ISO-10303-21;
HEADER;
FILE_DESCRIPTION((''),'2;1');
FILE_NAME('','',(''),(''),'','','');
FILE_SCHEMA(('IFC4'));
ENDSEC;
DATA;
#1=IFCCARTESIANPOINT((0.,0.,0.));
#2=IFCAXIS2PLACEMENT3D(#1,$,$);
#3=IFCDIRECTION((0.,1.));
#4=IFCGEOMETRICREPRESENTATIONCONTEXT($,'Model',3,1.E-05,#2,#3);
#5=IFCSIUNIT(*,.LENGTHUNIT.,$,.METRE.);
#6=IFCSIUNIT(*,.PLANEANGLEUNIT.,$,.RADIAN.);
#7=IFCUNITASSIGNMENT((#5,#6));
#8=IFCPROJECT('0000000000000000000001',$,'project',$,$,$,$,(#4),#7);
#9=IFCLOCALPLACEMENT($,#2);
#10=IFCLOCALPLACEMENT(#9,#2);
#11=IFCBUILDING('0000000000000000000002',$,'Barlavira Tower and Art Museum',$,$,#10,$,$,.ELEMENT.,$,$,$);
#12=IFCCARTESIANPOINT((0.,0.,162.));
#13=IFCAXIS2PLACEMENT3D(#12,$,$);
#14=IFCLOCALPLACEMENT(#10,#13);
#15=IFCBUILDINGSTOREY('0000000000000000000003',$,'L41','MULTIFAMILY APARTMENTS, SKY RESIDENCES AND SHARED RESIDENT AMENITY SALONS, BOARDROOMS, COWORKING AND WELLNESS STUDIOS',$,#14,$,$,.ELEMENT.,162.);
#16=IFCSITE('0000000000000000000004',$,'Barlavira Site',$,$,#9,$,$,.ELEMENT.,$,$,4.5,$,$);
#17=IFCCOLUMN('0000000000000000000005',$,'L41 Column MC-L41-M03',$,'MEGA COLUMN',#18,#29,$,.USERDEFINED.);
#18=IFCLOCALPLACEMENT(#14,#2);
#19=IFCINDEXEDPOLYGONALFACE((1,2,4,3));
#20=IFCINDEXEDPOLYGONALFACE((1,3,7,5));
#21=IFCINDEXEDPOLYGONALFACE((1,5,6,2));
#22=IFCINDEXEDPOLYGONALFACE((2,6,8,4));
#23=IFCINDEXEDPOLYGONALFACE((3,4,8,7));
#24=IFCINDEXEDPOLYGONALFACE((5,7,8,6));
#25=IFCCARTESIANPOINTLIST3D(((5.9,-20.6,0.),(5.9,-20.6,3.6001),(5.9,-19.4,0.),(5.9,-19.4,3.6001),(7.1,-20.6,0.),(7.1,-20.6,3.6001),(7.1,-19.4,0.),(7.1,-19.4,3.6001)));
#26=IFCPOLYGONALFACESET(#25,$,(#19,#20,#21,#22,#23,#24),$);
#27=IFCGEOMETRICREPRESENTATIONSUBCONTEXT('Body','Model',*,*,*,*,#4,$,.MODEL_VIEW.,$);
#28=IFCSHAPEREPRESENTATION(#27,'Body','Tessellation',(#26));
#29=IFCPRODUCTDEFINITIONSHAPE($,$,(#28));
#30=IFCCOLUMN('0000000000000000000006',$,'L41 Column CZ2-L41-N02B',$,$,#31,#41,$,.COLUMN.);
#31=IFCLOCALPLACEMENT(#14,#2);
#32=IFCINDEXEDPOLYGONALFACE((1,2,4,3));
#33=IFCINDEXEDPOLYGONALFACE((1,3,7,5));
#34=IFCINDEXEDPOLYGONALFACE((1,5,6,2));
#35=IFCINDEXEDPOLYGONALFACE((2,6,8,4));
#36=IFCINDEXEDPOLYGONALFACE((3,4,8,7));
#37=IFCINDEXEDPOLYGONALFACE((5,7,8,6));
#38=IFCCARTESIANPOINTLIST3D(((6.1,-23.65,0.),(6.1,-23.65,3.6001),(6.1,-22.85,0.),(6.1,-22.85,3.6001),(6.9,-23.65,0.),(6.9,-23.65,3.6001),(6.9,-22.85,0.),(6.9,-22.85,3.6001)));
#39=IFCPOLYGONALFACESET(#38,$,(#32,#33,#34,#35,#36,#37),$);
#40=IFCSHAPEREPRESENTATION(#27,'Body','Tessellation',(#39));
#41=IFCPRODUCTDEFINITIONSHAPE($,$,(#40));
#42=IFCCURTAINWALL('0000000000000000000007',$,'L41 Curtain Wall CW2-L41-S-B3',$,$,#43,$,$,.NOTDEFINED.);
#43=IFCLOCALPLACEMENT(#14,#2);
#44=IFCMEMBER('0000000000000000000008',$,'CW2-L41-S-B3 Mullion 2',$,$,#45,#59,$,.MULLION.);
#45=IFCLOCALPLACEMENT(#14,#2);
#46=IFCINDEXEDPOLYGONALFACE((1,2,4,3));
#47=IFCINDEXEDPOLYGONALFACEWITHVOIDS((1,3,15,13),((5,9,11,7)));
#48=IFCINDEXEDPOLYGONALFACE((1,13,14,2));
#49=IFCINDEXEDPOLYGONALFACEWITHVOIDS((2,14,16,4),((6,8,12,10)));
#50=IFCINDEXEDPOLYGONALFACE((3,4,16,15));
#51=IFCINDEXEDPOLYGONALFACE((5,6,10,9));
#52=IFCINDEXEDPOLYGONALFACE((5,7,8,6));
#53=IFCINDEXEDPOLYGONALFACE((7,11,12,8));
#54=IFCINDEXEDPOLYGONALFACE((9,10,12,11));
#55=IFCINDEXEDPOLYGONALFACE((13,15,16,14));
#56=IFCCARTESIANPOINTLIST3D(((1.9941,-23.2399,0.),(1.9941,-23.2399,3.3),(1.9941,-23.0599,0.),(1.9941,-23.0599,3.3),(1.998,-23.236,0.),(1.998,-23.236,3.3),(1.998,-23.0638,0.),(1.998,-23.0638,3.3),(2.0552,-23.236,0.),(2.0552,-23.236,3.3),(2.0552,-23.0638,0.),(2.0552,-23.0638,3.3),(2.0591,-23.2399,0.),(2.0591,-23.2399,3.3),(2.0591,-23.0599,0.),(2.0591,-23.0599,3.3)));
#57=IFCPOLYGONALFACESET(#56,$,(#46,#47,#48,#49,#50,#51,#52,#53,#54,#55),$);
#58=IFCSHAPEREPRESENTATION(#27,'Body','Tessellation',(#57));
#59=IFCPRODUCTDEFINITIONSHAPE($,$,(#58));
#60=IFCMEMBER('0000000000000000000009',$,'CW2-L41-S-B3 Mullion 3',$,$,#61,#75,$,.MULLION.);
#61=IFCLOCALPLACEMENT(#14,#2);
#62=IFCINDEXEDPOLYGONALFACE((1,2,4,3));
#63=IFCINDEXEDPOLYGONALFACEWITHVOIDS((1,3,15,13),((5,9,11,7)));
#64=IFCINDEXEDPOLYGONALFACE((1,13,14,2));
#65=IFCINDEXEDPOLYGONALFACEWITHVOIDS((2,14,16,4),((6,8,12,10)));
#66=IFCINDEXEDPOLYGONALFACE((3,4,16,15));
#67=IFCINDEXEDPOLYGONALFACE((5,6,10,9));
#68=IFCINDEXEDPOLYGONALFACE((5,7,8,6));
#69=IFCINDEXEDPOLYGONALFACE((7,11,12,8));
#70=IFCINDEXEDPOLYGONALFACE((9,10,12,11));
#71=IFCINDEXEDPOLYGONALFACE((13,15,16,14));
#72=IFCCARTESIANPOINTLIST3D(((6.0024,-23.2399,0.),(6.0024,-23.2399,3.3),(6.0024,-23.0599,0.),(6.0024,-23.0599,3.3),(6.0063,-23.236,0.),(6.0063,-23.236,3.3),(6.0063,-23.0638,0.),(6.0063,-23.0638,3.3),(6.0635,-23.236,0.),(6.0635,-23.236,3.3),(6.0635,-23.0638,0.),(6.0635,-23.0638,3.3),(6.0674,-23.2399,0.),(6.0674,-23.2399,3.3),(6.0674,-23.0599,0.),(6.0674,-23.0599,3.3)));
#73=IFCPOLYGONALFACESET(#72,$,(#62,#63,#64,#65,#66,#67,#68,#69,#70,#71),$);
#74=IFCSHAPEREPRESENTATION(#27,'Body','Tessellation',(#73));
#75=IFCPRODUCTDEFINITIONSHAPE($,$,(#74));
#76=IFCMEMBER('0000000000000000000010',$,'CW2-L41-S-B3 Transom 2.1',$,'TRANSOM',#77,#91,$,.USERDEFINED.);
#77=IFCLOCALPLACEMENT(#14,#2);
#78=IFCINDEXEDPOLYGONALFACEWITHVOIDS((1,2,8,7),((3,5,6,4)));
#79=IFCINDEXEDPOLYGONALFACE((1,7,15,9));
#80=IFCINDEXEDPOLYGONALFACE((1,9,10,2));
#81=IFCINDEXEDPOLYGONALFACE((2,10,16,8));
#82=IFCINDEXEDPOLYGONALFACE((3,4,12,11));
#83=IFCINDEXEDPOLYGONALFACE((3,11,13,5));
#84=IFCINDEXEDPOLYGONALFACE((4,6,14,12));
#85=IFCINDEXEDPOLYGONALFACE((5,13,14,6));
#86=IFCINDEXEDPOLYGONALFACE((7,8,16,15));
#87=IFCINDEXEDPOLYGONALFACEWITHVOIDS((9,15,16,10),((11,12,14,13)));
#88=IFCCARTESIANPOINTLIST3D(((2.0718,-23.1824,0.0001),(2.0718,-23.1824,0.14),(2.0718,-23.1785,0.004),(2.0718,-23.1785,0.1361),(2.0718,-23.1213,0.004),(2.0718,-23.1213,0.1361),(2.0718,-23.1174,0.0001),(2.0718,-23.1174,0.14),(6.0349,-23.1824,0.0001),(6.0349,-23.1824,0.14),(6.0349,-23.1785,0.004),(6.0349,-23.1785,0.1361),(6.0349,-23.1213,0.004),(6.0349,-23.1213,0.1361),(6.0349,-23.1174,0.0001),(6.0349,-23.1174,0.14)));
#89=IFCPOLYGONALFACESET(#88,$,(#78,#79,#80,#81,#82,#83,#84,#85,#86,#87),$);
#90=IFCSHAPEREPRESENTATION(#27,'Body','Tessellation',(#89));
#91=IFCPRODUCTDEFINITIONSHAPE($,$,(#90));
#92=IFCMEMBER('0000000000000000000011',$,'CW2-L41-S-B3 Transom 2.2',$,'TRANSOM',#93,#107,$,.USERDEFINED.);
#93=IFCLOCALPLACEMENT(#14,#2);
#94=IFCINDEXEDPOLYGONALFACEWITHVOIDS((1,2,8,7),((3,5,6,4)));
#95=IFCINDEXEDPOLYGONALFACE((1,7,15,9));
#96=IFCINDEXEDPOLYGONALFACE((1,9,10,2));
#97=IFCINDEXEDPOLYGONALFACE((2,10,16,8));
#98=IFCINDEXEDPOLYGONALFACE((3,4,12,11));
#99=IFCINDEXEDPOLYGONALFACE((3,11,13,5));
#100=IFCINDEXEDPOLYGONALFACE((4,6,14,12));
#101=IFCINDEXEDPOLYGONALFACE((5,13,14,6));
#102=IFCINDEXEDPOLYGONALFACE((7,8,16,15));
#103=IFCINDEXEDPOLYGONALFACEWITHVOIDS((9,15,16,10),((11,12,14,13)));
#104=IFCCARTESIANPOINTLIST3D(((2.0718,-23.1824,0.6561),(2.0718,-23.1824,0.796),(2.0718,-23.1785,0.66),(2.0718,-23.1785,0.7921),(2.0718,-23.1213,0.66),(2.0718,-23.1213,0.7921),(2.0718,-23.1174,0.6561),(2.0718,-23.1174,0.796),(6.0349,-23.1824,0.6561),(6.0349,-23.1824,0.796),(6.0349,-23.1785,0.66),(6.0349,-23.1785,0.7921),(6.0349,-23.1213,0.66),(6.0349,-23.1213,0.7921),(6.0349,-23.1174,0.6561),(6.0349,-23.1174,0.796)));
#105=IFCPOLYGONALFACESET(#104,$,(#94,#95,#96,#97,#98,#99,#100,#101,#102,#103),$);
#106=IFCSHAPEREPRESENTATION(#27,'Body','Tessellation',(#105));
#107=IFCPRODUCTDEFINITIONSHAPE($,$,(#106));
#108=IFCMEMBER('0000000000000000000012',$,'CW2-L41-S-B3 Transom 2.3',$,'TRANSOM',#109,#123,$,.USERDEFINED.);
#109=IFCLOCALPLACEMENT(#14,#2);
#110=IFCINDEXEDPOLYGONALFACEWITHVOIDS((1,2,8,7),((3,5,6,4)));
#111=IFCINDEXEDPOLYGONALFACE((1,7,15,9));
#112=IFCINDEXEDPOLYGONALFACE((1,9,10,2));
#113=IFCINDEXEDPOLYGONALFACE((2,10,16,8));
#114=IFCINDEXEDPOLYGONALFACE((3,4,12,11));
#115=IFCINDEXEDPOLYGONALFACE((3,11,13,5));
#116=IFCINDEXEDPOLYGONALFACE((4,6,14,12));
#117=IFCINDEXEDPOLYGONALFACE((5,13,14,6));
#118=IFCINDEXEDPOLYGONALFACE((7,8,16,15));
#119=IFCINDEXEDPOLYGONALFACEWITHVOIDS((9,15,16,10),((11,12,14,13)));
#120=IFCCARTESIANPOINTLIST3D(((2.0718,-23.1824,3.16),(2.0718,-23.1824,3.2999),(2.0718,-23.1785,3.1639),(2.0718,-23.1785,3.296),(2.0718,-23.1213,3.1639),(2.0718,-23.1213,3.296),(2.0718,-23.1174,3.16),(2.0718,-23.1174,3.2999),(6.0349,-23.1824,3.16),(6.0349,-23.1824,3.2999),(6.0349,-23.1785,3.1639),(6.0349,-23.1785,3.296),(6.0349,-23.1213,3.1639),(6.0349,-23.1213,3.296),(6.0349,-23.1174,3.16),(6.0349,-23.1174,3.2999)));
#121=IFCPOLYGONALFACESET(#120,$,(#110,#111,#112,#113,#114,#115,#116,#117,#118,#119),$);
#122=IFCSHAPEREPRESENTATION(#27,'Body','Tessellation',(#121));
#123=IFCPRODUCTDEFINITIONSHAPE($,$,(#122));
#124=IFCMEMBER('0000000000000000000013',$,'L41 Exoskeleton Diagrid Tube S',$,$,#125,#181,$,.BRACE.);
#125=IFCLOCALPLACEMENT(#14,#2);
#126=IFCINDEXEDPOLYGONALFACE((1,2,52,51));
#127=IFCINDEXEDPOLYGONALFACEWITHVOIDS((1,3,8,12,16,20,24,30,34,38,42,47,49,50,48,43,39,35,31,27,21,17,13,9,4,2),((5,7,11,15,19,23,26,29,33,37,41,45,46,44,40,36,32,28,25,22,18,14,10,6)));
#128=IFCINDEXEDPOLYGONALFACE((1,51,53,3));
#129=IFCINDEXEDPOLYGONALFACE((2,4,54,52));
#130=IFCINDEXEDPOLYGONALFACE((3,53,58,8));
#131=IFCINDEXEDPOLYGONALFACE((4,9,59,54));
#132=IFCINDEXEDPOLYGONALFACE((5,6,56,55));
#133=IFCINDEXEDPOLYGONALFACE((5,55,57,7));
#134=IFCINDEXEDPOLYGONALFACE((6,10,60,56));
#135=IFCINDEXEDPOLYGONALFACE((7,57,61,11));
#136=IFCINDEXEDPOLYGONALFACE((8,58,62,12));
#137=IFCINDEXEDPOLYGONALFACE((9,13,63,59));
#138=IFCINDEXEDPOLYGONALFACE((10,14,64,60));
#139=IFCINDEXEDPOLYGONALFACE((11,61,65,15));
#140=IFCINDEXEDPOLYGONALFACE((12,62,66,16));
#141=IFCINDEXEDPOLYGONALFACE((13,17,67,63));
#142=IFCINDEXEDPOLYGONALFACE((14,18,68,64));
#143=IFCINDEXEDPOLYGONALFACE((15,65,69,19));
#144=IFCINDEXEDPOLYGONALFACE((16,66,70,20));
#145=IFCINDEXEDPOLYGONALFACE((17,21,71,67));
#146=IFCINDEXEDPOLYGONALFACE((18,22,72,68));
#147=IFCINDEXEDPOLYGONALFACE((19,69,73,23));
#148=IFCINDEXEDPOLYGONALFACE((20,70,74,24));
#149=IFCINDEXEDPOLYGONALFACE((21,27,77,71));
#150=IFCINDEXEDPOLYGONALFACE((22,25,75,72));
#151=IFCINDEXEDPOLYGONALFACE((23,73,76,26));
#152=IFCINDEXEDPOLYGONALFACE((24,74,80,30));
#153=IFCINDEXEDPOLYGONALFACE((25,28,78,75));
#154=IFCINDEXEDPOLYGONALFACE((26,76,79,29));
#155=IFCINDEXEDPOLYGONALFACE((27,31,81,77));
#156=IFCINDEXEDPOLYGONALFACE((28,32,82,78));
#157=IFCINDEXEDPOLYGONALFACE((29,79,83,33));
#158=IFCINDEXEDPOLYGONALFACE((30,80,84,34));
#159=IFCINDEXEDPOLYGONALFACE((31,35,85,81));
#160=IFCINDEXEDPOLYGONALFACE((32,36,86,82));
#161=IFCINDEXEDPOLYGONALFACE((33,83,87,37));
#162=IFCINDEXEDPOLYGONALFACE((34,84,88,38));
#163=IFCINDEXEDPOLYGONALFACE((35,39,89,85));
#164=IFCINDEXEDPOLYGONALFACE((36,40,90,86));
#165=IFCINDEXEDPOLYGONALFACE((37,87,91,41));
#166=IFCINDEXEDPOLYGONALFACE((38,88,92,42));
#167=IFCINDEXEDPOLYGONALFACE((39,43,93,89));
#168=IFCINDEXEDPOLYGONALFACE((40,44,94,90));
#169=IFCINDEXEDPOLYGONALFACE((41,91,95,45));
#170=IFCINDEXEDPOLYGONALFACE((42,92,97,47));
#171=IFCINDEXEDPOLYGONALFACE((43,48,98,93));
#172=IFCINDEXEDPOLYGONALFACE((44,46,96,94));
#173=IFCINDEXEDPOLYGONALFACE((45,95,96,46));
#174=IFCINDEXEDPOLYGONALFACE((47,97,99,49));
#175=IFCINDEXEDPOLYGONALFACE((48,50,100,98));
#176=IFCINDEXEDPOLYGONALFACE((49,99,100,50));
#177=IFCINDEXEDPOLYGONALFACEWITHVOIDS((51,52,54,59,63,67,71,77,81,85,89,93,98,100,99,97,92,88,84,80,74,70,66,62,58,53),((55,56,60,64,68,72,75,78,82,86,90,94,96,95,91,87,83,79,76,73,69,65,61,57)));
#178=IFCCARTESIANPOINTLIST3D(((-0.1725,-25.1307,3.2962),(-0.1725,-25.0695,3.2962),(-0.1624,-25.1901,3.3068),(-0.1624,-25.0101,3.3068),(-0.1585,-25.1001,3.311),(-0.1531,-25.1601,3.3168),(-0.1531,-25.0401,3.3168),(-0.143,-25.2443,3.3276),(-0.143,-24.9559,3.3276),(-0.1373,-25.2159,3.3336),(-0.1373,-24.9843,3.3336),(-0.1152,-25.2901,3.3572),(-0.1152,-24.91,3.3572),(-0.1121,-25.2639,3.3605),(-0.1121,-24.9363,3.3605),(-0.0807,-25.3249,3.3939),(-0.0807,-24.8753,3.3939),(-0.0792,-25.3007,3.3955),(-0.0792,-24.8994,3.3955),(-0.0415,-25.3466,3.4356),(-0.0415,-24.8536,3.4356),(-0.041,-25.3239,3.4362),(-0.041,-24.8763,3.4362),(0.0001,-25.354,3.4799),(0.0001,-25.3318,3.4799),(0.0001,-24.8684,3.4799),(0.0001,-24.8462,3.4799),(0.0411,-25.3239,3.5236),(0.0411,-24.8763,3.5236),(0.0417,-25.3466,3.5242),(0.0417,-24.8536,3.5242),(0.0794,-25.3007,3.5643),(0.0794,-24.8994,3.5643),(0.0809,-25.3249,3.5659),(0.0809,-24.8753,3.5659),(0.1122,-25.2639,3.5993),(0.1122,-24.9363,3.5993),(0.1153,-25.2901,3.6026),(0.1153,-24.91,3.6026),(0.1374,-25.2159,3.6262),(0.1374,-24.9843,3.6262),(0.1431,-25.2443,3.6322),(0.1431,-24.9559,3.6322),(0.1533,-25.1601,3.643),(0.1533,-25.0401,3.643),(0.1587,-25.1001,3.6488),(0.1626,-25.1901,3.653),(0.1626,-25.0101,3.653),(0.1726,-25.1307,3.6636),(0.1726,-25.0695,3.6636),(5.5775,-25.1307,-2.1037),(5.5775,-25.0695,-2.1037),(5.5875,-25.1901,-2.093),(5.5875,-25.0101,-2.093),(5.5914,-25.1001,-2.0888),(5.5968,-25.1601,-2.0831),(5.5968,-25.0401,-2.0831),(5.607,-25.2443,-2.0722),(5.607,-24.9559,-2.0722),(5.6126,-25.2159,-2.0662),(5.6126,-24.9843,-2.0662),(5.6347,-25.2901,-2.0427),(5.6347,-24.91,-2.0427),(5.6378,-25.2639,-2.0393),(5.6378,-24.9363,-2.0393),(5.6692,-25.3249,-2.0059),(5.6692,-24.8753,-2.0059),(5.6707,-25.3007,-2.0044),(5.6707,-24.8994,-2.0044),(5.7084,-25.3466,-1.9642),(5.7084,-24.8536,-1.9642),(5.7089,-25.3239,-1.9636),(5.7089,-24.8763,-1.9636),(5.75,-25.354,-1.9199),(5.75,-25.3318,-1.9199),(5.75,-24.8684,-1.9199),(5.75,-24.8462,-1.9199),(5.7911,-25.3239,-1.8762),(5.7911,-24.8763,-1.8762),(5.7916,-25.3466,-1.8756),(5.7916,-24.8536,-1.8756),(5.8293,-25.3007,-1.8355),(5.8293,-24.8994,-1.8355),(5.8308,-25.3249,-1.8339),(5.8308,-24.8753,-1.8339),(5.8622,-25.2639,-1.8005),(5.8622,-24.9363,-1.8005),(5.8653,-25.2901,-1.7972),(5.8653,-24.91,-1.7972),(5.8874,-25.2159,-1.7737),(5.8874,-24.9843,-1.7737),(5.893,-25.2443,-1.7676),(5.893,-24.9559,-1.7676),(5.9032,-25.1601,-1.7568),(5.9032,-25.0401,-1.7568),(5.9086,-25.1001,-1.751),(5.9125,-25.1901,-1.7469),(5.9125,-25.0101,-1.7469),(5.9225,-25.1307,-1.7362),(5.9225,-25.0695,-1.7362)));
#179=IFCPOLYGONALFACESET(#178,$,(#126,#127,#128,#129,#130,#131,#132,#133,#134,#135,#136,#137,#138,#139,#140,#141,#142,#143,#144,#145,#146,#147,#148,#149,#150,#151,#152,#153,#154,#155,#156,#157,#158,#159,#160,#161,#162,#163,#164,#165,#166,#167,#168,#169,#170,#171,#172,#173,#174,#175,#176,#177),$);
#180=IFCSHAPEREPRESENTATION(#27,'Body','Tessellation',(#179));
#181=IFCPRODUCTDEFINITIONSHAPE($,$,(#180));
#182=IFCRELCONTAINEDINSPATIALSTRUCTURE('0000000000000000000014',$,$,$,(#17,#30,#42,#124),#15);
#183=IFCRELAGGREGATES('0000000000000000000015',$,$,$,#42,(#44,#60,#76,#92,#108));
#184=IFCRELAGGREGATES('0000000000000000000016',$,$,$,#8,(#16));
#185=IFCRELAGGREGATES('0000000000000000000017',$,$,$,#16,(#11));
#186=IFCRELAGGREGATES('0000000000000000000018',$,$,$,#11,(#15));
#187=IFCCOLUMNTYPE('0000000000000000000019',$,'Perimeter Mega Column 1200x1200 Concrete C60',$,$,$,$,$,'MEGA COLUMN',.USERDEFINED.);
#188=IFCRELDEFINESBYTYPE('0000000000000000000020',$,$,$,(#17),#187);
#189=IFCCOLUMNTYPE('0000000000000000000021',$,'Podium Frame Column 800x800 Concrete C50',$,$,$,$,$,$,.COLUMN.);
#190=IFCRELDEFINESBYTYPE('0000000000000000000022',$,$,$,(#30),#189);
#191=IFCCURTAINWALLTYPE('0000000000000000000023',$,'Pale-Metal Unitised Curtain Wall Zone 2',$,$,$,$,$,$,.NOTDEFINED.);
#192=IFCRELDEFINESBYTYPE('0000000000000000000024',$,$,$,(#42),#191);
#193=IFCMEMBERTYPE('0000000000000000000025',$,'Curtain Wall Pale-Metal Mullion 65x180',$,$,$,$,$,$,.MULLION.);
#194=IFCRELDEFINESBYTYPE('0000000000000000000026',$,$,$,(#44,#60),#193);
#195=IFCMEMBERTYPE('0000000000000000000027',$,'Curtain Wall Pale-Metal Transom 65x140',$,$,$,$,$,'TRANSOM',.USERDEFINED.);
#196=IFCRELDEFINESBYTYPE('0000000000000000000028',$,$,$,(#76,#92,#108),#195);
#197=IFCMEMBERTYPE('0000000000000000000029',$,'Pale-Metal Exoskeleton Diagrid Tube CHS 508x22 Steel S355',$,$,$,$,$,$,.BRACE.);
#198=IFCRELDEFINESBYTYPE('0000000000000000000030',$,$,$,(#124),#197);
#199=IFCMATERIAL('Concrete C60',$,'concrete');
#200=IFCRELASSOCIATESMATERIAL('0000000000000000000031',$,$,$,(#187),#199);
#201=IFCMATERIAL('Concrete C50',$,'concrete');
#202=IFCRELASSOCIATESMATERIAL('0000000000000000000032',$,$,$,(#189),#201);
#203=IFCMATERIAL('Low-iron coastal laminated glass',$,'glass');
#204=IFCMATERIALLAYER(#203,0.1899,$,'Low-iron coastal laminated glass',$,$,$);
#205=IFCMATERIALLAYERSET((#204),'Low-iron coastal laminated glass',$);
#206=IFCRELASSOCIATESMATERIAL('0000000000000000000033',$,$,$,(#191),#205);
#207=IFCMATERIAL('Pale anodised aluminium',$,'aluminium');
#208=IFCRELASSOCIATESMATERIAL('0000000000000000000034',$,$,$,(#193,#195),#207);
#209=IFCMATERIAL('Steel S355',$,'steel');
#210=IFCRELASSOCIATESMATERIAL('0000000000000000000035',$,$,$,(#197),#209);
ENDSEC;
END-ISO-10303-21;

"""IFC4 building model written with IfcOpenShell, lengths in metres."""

from ifc_helpers import new_model, si_unit, direction, frame, origin, origin_2d, place, context, subcontext, project, spatial, rectangle, hollow_rectangle, hollow_circle, extrude, material, layer, layer_set, material_profile, profile_set, type_object, element, aggregate, save


model = new_model("IFC4")

# Units and contexts
model_context = context("Model", 3, precision=1e-05, world=origin(), true_north=direction((0.0, 1.0)))
body_context = subcontext(model_context, "Body", "Model", "MODEL_VIEW")
ifc_project = project(units=[si_unit("LENGTHUNIT", "METRE"), si_unit("PLANEANGLEUNIT", "RADIAN")], contexts=[model_context])

# Site, building, storey
site_placement = place(None, origin())
site = spatial("IfcSite", under=ifc_project, at=site_placement, Name="Barlavira Site", CompositionType="ELEMENT", RefElevation=4.5)
building_placement = place(site_placement, origin())
building = spatial("IfcBuilding", under=site, at=building_placement, Name="Barlavira Tower and Art Museum", CompositionType="ELEMENT")
storey_placement = place(building_placement, frame((0.0, 0.0, 162.0)))
storey = spatial("IfcBuildingStorey", under=building, at=storey_placement, Name="L41", Description="MULTIFAMILY APARTMENTS, SKY RESIDENCES AND SHARED RESIDENT AMENITY SALONS, BOARDROOMS, COWORKING AND WELLNESS STUDIOS", CompositionType="ELEMENT", Elevation=162.0)

# Columns
ifc_material_1 = material(Name="Concrete C60", Category="concrete")
ifc_material_profile_1 = material_profile(ifc_material_1, rectangle(XDim=1.2, YDim=1.2, at=origin_2d()), Name="RC-COL 1200x1200")
ifc_profile_set_1 = profile_set([ifc_material_profile_1], Name="Concrete C60")
column_type_1 = type_object("IfcColumnType", Name="Perimeter Mega Column 1200x1200 Concrete C60", ElementType="MEGA COLUMN", PredefinedType="USERDEFINED", material=ifc_profile_set_1)
column_1_placement = place(storey_placement, frame((6.5, -20.0, 0.0), z_axis=(0.0, 0.0, 1.0), x_axis=(1.0, 0.0, 0.0)))
element("IfcColumn", 1, at=column_1_placement, inside=storey, type_object=column_type_1, Name="L41 Column MC-L41-M03", ObjectType="MEGA COLUMN", PredefinedType="USERDEFINED", context=body_context, shape_type="SweptSolid", body=[
    extrude(rectangle(XDim=1.2, YDim=1.2, at=origin_2d()), origin(), (0.0, 0.0, 1.0), 3.6001),
])
ifc_material_2 = material(Name="Concrete C50", Category="concrete")
ifc_material_profile_2 = material_profile(ifc_material_2, rectangle(XDim=0.8, YDim=0.8, at=origin_2d()), Name="RC-COL 800x800")
ifc_profile_set_2 = profile_set([ifc_material_profile_2], Name="Concrete C50")
column_type_2 = type_object("IfcColumnType", Name="Podium Frame Column 800x800 Concrete C50", PredefinedType="COLUMN", material=ifc_profile_set_2)
column_2_placement = place(storey_placement, frame((6.5, -23.25, 0.0), z_axis=(0.0, 0.0, 1.0), x_axis=(1.0, 0.0, 0.0)))
element("IfcColumn", 2, at=column_2_placement, inside=storey, type_object=column_type_2, Name="L41 Column CZ2-L41-N02B", PredefinedType="COLUMN", context=body_context, shape_type="SweptSolid", body=[
    extrude(rectangle(XDim=0.8, YDim=0.8, at=origin_2d()), origin(), (0.0, 0.0, 1.0), 3.6001),
])

# Curtain wall, members
ifc_material_3 = material(Name="Low-iron coastal laminated glass", Category="glass")
ifc_layer_1 = layer(ifc_material_3, 0.1899, Name="Low-iron coastal laminated glass")
ifc_layer_set_1 = layer_set([ifc_layer_1], Name="Low-iron coastal laminated glass")
curtain_wall_type = type_object("IfcCurtainWallType", Name="Pale-Metal Unitised Curtain Wall Zone 2", PredefinedType="NOTDEFINED", material=ifc_layer_set_1)
curtain_wall_placement = place(storey_placement, origin())
curtain_wall = element("IfcCurtainWall", 3, at=curtain_wall_placement, inside=storey, type_object=curtain_wall_type, Name="L41 Curtain Wall CW2-L41-S-B3", PredefinedType="NOTDEFINED")
ifc_material_4 = material(Name="Pale anodised aluminium", Category="aluminium")
ifc_material_profile_3 = material_profile(ifc_material_4, hollow_rectangle(XDim=0.0649, YDim=0.1799, WallThickness=0.0039, at=origin_2d()), Name="ALU-MULL 65x180x4")
ifc_profile_set_3 = profile_set([ifc_material_profile_3], Name="Pale anodised aluminium")
member_type_1 = type_object("IfcMemberType", Name="Curtain Wall Pale-Metal Mullion 65x180", PredefinedType="MULLION", material=ifc_profile_set_3)
member_1_placement = place(storey_placement, frame((2.0266, -23.1499, 0.0), z_axis=(0.0, 0.0, 1.0), x_axis=(1.0, 0.0, 0.0)))
member_1 = element("IfcMember", 4, at=member_1_placement, type_object=member_type_1, Name="CW2-L41-S-B3 Mullion 2", PredefinedType="MULLION", context=body_context, shape_type="SweptSolid", body=[
    extrude(hollow_rectangle(XDim=0.0649, YDim=0.1799, WallThickness=0.0039, at=origin_2d()), origin(), (0.0, 0.0, 1.0), 3.3),
])
member_2_placement = place(storey_placement, frame((6.0349, -23.1499, 0.0), z_axis=(0.0, 0.0, 1.0), x_axis=(1.0, 0.0, 0.0)))
member_2 = element("IfcMember", 5, at=member_2_placement, type_object=member_type_1, Name="CW2-L41-S-B3 Mullion 3", PredefinedType="MULLION", context=body_context, shape_type="SweptSolid", body=[
    extrude(hollow_rectangle(XDim=0.0649, YDim=0.1799, WallThickness=0.0039, at=origin_2d()), origin(), (0.0, 0.0, 1.0), 3.3),
])
ifc_material_profile_4 = material_profile(ifc_material_4, hollow_rectangle(XDim=0.0649, YDim=0.1399, WallThickness=0.0039, at=origin_2d()), Name="ALU-TRAN 65x140x4")
ifc_profile_set_4 = profile_set([ifc_material_profile_4], Name="Pale anodised aluminium")
member_type_2 = type_object("IfcMemberType", Name="Curtain Wall Pale-Metal Transom 65x140", ElementType="TRANSOM", PredefinedType="USERDEFINED", material=ifc_profile_set_4)
member_3_placement = place(storey_placement, frame((2.0718, -23.1499, 0.0701), z_axis=(1.0, 0.0, 0.0), x_axis=(0.0, 1.0, 0.0)))
member_3 = element("IfcMember", 6, at=member_3_placement, type_object=member_type_2, Name="CW2-L41-S-B3 Transom 2.1", ObjectType="TRANSOM", PredefinedType="USERDEFINED", context=body_context, shape_type="SweptSolid", body=[
    extrude(hollow_rectangle(XDim=0.0649, YDim=0.1399, WallThickness=0.0039, at=origin_2d()), origin(), (0.0, 0.0, 1.0), 3.9631),
])
member_4_placement = place(storey_placement, frame((2.0718, -23.1499, 0.7261), z_axis=(1.0, 0.0, 0.0), x_axis=(0.0, 1.0, 0.0)))
member_4 = element("IfcMember", 7, at=member_4_placement, type_object=member_type_2, Name="CW2-L41-S-B3 Transom 2.2", ObjectType="TRANSOM", PredefinedType="USERDEFINED", context=body_context, shape_type="SweptSolid", body=[
    extrude(hollow_rectangle(XDim=0.0649, YDim=0.1399, WallThickness=0.0039, at=origin_2d()), origin(), (0.0, 0.0, 1.0), 3.9631),
])
member_5_placement = place(storey_placement, frame((2.0718, -23.1499, 3.23), z_axis=(1.0, 0.0, 0.0), x_axis=(0.0, 1.0, 0.0)))
member_5 = element("IfcMember", 8, at=member_5_placement, type_object=member_type_2, Name="CW2-L41-S-B3 Transom 2.3", ObjectType="TRANSOM", PredefinedType="USERDEFINED", context=body_context, shape_type="SweptSolid", body=[
    extrude(hollow_rectangle(XDim=0.0649, YDim=0.1399, WallThickness=0.0039, at=origin_2d()), origin(), (0.0, 0.0, 1.0), 3.9631),
])

# Member
ifc_material_5 = material(Name="Steel S355", Category="steel")
ifc_material_profile_5 = material_profile(ifc_material_5, hollow_circle(Radius=0.2539, WallThickness=0.0222, at=origin_2d()), Name="CHS 508.0x22.2")
ifc_profile_set_5 = profile_set([ifc_material_profile_5], Name="Steel S355")
member_type_3 = type_object("IfcMemberType", Name="Pale-Metal Exoskeleton Diagrid Tube CHS 508x22 Steel S355", PredefinedType="BRACE", material=ifc_profile_set_5)
for number, where, z_axis, x_axis, name in (
    (9, (5.75, -25.1001, -1.9199), (-0.72895, 0.0, 0.684567), (0.0, -1.0, 0.0), "L41 Exoskeleton Diagrid Tube S"),
):
    element("IfcMember", number, at=place(storey_placement, frame(where, z_axis=z_axis, x_axis=x_axis)), inside=storey, type_object=member_type_3, Name=name, PredefinedType="BRACE", context=body_context, shape_type="SweptSolid", body=[
        extrude(hollow_circle(Radius=0.2539, WallThickness=0.0222, at=origin_2d()), origin(), (0.0, 0.0, 1.0), 7.8879),
    ])

aggregate(curtain_wall, [member_1, member_2, member_3, member_4, member_5])

save(model, "model.ifc")
